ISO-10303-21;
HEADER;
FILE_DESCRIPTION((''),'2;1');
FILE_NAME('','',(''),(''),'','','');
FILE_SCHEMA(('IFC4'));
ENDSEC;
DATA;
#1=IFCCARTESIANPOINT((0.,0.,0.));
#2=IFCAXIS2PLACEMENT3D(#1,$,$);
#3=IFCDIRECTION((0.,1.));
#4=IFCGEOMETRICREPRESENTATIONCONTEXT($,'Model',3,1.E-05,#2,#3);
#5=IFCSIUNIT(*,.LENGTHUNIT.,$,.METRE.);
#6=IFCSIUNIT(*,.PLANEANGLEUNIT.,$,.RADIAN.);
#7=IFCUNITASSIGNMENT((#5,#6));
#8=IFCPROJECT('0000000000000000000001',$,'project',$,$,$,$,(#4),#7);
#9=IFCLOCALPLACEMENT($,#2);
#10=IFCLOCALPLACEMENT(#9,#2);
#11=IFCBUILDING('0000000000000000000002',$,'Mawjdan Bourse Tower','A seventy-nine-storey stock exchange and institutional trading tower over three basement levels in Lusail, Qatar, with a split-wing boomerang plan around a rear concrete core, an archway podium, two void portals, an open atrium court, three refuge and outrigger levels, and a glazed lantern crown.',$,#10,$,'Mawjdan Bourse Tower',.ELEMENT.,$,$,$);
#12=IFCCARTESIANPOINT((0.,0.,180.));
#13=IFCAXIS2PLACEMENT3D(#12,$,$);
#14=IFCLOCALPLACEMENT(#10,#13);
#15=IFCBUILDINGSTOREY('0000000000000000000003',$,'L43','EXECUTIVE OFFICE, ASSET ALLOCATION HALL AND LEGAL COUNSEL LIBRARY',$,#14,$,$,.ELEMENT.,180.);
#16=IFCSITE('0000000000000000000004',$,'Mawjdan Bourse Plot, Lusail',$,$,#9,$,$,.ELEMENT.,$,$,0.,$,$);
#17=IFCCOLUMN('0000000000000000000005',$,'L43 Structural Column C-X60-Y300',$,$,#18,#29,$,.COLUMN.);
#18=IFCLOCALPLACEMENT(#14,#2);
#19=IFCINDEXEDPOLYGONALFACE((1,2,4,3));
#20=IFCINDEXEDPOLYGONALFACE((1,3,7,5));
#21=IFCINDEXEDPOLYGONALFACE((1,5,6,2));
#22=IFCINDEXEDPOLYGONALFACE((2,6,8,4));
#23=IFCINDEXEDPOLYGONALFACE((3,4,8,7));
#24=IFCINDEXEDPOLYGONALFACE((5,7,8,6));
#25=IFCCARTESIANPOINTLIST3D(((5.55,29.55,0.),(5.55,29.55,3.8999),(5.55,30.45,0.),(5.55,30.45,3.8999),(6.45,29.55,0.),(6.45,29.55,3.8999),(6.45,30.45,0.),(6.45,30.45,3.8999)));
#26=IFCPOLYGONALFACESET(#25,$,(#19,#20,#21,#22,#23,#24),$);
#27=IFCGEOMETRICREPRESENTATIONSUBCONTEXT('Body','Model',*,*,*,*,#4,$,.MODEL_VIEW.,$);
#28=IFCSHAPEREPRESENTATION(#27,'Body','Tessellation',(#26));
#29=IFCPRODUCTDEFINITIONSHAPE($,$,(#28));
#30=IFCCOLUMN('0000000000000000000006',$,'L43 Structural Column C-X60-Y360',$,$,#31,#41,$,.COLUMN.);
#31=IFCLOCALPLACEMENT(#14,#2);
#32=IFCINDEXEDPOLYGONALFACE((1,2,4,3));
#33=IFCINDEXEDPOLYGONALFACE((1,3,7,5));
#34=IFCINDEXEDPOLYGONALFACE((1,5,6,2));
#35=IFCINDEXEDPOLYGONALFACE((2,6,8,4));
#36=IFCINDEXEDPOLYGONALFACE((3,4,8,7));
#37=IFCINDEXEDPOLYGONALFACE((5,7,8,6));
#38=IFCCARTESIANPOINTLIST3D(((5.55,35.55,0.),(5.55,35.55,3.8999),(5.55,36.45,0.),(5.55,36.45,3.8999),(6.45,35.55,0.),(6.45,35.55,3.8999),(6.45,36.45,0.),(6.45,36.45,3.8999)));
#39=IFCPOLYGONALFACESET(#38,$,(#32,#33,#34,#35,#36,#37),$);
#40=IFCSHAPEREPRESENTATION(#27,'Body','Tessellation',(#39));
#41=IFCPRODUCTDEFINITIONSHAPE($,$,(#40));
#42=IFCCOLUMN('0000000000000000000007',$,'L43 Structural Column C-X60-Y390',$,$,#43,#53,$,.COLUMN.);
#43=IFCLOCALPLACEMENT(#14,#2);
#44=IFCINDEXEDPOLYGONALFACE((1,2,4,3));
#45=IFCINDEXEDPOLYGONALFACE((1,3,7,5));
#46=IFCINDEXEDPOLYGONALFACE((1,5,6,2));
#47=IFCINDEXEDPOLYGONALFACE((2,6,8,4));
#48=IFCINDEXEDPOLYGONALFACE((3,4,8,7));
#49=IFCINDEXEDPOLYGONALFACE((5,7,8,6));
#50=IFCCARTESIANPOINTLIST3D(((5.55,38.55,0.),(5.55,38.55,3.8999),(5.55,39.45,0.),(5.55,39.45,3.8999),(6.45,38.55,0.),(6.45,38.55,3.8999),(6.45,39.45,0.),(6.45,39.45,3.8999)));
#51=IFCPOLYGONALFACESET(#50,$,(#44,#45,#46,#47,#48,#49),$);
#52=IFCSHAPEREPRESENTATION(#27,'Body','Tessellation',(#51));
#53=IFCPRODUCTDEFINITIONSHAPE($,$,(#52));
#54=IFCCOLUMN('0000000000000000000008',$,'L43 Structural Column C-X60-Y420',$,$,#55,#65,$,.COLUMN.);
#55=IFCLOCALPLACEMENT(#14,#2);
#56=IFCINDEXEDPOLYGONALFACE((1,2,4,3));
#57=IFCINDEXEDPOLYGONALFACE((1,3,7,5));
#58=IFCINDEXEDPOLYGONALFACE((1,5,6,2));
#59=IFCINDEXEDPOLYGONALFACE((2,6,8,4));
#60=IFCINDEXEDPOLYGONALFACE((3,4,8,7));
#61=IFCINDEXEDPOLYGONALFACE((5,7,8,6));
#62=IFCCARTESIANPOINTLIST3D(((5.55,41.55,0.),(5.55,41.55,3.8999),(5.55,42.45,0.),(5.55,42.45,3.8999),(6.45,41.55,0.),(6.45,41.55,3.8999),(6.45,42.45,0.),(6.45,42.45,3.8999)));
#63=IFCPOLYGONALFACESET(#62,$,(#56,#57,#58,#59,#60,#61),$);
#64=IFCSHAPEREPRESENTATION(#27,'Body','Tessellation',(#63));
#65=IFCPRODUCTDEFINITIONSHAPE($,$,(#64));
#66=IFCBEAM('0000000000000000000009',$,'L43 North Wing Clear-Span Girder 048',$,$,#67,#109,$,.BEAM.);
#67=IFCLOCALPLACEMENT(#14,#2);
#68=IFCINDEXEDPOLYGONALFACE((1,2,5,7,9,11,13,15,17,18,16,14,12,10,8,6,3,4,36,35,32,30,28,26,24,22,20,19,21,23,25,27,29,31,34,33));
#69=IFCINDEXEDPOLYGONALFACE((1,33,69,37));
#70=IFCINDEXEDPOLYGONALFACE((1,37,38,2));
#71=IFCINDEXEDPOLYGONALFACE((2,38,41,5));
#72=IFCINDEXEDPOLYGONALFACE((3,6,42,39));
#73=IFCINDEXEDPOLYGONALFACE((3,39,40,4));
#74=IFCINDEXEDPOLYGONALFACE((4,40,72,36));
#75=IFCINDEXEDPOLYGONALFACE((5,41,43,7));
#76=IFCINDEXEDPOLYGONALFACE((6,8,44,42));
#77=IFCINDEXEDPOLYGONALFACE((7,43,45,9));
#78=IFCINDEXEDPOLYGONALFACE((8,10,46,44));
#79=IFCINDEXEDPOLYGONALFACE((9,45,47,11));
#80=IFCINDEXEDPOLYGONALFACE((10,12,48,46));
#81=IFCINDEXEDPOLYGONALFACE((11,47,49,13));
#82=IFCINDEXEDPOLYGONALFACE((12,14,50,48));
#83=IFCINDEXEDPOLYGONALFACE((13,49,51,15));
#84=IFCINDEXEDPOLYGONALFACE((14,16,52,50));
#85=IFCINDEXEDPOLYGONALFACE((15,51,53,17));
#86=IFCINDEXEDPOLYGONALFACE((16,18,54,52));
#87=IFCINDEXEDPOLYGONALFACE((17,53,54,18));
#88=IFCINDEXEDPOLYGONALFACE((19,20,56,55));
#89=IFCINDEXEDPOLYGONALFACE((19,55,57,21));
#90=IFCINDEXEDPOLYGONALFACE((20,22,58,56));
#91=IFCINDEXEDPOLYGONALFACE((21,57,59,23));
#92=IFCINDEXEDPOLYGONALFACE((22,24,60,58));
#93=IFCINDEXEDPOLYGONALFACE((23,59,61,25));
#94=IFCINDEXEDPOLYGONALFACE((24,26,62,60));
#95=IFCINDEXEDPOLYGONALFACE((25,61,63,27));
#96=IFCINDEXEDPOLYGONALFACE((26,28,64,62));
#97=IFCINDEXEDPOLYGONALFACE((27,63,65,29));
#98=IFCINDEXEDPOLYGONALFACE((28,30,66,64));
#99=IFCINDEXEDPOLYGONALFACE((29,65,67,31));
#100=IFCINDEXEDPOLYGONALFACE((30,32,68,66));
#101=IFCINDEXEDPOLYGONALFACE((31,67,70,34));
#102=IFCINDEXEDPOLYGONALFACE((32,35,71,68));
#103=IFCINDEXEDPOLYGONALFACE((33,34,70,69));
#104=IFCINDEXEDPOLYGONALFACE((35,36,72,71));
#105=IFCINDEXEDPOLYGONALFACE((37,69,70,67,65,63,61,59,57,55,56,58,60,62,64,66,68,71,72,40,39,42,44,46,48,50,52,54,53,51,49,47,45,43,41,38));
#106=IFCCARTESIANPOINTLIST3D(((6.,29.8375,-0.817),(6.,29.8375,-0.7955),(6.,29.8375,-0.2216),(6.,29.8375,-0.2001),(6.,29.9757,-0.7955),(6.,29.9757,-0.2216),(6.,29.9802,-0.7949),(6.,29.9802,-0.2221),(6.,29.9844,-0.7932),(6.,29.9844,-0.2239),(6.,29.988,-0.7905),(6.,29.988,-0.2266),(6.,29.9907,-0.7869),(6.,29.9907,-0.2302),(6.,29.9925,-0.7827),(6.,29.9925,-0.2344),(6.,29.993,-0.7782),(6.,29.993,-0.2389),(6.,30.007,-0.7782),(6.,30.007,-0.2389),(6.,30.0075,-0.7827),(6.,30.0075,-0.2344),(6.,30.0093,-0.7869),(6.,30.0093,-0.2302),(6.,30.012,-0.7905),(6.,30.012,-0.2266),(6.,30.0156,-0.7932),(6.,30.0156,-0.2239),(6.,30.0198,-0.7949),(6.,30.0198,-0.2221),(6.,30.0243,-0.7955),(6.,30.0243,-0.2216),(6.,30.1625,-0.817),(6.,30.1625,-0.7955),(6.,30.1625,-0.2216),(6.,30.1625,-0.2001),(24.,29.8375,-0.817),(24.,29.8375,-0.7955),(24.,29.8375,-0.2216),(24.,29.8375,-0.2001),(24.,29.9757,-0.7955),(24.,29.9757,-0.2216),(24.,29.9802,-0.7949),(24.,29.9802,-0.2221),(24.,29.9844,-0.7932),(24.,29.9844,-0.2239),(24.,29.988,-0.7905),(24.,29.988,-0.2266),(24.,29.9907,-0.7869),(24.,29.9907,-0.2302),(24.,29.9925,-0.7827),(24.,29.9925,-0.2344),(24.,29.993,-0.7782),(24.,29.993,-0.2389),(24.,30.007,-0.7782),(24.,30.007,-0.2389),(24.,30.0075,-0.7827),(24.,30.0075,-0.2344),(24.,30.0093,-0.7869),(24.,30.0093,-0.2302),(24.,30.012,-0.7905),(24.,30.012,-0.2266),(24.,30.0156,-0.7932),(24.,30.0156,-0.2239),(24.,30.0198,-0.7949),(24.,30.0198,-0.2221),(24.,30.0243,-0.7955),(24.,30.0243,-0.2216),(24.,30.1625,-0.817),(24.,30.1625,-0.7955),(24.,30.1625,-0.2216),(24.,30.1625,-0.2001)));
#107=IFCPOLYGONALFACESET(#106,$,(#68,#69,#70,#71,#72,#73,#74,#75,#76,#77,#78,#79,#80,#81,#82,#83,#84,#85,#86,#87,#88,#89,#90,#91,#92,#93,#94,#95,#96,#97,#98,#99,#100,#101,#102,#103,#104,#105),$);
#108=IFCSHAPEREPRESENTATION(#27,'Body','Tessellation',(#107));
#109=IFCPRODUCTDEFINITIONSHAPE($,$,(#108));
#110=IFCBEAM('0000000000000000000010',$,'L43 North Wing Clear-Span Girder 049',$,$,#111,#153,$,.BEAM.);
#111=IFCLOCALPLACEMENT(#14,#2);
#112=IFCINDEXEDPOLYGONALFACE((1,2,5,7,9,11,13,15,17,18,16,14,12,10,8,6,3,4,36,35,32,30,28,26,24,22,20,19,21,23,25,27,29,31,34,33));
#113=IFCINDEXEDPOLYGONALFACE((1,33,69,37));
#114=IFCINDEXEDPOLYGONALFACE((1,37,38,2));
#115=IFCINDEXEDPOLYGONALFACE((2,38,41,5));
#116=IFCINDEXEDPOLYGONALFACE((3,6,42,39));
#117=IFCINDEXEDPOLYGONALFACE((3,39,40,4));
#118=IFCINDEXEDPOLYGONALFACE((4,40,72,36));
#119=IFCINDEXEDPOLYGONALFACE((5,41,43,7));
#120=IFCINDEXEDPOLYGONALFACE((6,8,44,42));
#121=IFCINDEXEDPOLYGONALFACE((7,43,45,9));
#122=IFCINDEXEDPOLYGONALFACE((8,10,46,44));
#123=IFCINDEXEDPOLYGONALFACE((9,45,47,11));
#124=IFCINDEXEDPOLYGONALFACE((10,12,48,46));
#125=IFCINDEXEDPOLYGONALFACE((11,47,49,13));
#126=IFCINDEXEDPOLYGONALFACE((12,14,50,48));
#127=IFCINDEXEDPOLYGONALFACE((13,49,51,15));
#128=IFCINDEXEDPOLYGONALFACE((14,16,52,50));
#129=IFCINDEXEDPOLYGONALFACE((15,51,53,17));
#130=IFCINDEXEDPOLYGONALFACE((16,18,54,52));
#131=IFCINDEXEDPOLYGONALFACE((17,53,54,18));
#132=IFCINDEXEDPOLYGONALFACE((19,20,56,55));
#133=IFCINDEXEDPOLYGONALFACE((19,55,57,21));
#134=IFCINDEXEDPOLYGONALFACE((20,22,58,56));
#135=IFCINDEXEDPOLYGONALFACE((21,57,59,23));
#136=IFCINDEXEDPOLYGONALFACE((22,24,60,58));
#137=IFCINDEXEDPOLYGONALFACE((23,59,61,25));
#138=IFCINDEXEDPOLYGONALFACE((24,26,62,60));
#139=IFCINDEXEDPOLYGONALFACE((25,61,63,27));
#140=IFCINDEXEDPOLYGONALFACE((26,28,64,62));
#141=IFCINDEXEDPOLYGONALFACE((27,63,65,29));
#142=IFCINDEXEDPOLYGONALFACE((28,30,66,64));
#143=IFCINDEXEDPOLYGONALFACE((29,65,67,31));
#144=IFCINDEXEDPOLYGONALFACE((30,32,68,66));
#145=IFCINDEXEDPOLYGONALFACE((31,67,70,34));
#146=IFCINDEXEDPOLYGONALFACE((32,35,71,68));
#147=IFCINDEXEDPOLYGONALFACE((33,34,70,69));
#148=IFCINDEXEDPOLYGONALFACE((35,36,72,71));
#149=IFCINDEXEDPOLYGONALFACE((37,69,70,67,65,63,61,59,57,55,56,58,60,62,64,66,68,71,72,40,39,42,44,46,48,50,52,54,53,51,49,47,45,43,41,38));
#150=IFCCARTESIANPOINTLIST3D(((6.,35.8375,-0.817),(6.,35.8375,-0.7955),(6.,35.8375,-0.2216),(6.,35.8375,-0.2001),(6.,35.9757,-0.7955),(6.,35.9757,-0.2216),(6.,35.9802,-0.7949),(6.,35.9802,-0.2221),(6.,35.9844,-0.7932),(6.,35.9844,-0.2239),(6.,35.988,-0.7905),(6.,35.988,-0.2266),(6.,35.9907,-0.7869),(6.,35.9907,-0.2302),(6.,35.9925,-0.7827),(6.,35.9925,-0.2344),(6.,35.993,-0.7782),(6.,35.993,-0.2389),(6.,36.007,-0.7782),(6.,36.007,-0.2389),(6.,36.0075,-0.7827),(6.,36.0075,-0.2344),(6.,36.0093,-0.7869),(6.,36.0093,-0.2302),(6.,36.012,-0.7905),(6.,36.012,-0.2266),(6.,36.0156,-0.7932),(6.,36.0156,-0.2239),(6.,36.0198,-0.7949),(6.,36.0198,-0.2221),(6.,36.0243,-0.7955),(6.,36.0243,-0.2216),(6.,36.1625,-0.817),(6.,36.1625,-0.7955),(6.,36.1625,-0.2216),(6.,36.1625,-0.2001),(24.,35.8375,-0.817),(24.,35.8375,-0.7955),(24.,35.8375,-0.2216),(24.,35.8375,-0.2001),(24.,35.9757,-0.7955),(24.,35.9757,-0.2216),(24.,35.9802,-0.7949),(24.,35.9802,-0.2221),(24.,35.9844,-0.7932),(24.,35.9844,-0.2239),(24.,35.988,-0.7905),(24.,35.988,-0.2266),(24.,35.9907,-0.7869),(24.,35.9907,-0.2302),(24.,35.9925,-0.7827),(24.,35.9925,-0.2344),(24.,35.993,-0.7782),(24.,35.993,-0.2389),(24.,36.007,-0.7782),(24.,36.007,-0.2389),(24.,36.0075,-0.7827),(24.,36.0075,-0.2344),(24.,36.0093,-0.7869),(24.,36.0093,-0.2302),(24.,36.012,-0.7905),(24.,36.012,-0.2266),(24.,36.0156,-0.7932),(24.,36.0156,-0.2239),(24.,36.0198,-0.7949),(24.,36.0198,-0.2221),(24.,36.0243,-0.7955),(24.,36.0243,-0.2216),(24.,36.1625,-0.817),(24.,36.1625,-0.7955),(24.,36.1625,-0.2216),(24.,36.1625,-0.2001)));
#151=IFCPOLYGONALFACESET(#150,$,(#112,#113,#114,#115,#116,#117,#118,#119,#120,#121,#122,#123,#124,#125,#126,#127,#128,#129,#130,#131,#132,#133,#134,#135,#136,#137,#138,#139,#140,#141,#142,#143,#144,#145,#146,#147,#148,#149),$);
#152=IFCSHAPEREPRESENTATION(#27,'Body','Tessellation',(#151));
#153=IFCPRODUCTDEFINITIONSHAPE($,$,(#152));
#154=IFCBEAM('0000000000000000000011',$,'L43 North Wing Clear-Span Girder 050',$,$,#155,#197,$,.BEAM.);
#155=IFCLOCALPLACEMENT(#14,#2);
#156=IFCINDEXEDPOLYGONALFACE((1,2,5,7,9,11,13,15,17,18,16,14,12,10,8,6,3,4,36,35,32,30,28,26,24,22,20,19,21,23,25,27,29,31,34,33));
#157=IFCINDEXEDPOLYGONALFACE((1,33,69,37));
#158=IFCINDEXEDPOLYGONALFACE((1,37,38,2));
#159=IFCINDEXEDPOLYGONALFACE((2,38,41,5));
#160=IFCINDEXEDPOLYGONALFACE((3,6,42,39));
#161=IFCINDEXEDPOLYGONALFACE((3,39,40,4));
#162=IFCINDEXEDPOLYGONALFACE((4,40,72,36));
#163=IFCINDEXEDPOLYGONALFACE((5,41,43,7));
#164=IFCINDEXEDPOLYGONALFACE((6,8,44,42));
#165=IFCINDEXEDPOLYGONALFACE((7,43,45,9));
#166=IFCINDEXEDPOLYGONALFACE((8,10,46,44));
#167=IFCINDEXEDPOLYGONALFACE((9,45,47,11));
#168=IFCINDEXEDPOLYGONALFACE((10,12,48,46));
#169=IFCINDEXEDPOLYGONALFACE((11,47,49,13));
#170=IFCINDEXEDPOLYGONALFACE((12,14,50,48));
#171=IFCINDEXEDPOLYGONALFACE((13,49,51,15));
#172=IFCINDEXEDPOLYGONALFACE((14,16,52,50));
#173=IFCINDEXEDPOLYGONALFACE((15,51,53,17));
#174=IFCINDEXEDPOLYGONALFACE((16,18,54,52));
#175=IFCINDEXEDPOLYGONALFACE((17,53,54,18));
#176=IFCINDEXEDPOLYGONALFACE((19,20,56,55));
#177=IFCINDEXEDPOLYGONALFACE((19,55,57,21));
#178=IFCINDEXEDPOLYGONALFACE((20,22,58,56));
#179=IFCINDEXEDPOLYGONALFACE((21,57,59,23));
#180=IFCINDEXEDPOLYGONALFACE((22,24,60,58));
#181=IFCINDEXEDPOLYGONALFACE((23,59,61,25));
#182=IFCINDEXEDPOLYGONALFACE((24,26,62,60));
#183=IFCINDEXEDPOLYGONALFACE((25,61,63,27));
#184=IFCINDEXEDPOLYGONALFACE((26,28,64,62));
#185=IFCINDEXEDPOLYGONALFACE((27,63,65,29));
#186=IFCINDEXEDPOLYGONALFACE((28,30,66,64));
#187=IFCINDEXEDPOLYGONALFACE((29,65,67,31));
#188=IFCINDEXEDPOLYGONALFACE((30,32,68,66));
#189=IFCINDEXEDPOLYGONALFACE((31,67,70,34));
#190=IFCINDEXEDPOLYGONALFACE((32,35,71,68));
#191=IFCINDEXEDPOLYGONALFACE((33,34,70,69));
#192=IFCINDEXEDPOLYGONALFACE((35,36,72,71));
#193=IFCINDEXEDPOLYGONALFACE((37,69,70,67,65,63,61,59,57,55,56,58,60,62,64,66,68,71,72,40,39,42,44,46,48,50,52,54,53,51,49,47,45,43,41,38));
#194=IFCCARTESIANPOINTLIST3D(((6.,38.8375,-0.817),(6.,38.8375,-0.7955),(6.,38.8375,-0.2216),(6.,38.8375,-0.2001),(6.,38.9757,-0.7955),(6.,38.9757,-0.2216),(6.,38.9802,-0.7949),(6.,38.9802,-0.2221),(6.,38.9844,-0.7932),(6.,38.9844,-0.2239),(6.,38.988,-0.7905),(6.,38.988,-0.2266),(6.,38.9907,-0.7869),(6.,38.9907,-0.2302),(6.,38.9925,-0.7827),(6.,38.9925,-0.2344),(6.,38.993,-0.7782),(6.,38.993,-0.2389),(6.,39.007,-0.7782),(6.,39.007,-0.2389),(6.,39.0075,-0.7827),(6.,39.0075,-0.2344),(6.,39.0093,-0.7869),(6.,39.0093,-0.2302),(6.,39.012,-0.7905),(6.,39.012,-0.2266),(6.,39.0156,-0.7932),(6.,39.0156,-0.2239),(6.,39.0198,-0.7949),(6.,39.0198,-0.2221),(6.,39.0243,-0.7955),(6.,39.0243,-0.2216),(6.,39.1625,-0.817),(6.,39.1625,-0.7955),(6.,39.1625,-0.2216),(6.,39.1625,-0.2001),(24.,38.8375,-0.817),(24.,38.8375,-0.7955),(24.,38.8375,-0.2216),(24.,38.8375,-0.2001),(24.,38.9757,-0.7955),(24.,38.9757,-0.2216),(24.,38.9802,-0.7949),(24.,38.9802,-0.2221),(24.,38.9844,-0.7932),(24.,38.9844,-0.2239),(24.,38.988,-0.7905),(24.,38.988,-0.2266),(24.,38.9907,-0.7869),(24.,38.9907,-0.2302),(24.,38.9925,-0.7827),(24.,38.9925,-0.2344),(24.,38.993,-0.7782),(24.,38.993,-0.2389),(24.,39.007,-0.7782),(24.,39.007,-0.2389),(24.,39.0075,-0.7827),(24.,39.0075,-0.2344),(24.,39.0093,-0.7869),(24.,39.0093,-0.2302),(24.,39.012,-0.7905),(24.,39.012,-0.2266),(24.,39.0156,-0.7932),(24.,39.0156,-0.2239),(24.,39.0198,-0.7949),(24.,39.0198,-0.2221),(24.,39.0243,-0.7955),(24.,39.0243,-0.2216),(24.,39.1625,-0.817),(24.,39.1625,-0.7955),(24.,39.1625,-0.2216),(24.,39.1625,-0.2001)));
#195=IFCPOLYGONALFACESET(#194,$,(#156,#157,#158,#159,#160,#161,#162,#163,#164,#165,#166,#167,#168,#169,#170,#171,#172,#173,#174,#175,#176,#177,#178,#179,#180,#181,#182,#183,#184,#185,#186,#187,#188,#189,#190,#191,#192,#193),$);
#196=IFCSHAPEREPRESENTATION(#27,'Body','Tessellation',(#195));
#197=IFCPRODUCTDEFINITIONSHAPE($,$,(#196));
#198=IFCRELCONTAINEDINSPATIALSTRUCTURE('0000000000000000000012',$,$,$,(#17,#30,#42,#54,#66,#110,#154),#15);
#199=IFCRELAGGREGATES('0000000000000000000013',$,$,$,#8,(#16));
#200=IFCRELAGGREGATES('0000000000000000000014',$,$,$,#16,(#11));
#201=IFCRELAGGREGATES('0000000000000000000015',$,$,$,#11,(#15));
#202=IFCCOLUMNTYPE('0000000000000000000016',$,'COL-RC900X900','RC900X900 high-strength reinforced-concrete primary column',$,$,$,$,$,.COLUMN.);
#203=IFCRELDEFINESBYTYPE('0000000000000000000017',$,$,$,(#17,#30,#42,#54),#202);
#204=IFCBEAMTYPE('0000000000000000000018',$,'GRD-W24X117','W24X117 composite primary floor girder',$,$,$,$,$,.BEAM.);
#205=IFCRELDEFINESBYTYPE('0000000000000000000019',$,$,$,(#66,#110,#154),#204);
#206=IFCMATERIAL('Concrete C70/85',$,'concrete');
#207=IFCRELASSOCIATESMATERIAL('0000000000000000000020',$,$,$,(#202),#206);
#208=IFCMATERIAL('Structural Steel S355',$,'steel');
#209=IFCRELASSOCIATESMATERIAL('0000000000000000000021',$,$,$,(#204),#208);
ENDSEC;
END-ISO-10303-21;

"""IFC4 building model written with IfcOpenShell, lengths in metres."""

from ifc_helpers import new_model, si_unit, direction, frame, origin, origin_2d, place, context, subcontext, project, spatial, rectangle, i_section, extrude, material, material_profile, profile_set, type_object, element, save


model = new_model("IFC4")

# Units and contexts
model_context = context("Model", 3, precision=1e-05, world=origin(), true_north=direction((0.0, 1.0)))
body_context = subcontext(model_context, "Body", "Model", "MODEL_VIEW")
ifc_project = project(units=[si_unit("LENGTHUNIT", "METRE"), si_unit("PLANEANGLEUNIT", "RADIAN")], contexts=[model_context])

# Site, building, storey
site_placement = place(None, origin())
site = spatial("IfcSite", under=ifc_project, at=site_placement, Name="Mawjdan Bourse Plot, Lusail", CompositionType="ELEMENT", RefElevation=0.0)
building_placement = place(site_placement, origin())
building = spatial("IfcBuilding", under=site, at=building_placement, Name="Mawjdan Bourse Tower", Description="A seventy-nine-storey stock exchange and institutional trading tower over three basement levels in Lusail, Qatar, with a split-wing boomerang plan around a rear concrete core, an archway podium, two void portals, an open atrium court, three refuge and outrigger levels, and a glazed lantern crown.", LongName="Mawjdan Bourse Tower", CompositionType="ELEMENT")
storey_placement = place(building_placement, frame((0.0, 0.0, 180.0)))
storey = spatial("IfcBuildingStorey", under=building, at=storey_placement, Name="L43", Description="EXECUTIVE OFFICE, ASSET ALLOCATION HALL AND LEGAL COUNSEL LIBRARY", CompositionType="ELEMENT", Elevation=180.0)

# Columns
ifc_material_1 = material(Name="Concrete C70/85", Category="concrete")
ifc_material_profile_1 = material_profile(ifc_material_1, rectangle(XDim=0.8999, YDim=0.8999, at=origin_2d()), Name="RC900X900")
ifc_profile_set_1 = profile_set([ifc_material_profile_1], Name="Concrete C70/85")
column_type = type_object("IfcColumnType", Name="COL-RC900X900", Description="RC900X900 high-strength reinforced-concrete primary column", PredefinedType="COLUMN", material=ifc_profile_set_1)
for number, where, z_axis, x_axis, name in (
    (1, (6.0, 30.0, 0.0), (0.0, 0.0, 1.0), (1.0, 0.0, 0.0), "L43 Structural Column C-X60-Y300"),
    (2, (6.0, 36.0, 0.0), (0.0, 0.0, 1.0), (1.0, 0.0, 0.0), "L43 Structural Column C-X60-Y360"),
    (3, (6.0, 39.0, 0.0), (0.0, 0.0, 1.0), (1.0, 0.0, 0.0), "L43 Structural Column C-X60-Y390"),
    (4, (6.0, 42.0, 0.0), (0.0, 0.0, 1.0), (1.0, 0.0, 0.0), "L43 Structural Column C-X60-Y420"),
):
    element("IfcColumn", number, at=place(storey_placement, frame(where, z_axis=z_axis, x_axis=x_axis)), inside=storey, type_object=column_type, Name=name, PredefinedType="COLUMN", context=body_context, shape_type="SweptSolid", body=[
        extrude(rectangle(XDim=0.8999, YDim=0.8999, at=origin_2d()), origin(), (0.0, 0.0, 1.0), 3.8999),
    ])

# Beams
ifc_material_2 = material(Name="Structural Steel S355", Category="steel")
ifc_material_profile_2 = material_profile(ifc_material_2, i_section(OverallWidth=0.325, OverallDepth=0.6169, WebThickness=0.0139, FlangeThickness=0.0215, FilletRadius=0.0173, at=origin_2d()), Name="W24X117")
ifc_profile_set_2 = profile_set([ifc_material_profile_2], Name="Structural Steel S355")
beam_type_1 = type_object("IfcBeamType", Name="GRD-W24X117", Description="W24X117 composite primary floor girder", PredefinedType="BEAM", material=ifc_profile_set_2)
for number, where, z_axis, x_axis, name in (
    (5, (6.0, 30.0, -0.5085), (1.0, 0.0, 0.0), (0.0, 1.0, 0.0), "L43 North Wing Clear-Span Girder 048"),
    (6, (6.0, 36.0, -0.5085), (1.0, 0.0, 0.0), (0.0, 1.0, 0.0), "L43 North Wing Clear-Span Girder 049"),
    (7, (6.0, 39.0, -0.5085), (1.0, 0.0, 0.0), (0.0, 1.0, 0.0), "L43 North Wing Clear-Span Girder 050"),
):
    element("IfcBeam", number, at=place(storey_placement, frame(where, z_axis=z_axis, x_axis=x_axis)), inside=storey, type_object=beam_type_1, Name=name, PredefinedType="BEAM", context=body_context, shape_type="SweptSolid", body=[
        extrude(i_section(OverallWidth=0.325, OverallDepth=0.6169, WebThickness=0.0139, FlangeThickness=0.0215, FilletRadius=0.0173, at=origin_2d()), origin(), (0.0, 0.0, 1.0), 18.0),
    ])

save(model, "model.ifc")
